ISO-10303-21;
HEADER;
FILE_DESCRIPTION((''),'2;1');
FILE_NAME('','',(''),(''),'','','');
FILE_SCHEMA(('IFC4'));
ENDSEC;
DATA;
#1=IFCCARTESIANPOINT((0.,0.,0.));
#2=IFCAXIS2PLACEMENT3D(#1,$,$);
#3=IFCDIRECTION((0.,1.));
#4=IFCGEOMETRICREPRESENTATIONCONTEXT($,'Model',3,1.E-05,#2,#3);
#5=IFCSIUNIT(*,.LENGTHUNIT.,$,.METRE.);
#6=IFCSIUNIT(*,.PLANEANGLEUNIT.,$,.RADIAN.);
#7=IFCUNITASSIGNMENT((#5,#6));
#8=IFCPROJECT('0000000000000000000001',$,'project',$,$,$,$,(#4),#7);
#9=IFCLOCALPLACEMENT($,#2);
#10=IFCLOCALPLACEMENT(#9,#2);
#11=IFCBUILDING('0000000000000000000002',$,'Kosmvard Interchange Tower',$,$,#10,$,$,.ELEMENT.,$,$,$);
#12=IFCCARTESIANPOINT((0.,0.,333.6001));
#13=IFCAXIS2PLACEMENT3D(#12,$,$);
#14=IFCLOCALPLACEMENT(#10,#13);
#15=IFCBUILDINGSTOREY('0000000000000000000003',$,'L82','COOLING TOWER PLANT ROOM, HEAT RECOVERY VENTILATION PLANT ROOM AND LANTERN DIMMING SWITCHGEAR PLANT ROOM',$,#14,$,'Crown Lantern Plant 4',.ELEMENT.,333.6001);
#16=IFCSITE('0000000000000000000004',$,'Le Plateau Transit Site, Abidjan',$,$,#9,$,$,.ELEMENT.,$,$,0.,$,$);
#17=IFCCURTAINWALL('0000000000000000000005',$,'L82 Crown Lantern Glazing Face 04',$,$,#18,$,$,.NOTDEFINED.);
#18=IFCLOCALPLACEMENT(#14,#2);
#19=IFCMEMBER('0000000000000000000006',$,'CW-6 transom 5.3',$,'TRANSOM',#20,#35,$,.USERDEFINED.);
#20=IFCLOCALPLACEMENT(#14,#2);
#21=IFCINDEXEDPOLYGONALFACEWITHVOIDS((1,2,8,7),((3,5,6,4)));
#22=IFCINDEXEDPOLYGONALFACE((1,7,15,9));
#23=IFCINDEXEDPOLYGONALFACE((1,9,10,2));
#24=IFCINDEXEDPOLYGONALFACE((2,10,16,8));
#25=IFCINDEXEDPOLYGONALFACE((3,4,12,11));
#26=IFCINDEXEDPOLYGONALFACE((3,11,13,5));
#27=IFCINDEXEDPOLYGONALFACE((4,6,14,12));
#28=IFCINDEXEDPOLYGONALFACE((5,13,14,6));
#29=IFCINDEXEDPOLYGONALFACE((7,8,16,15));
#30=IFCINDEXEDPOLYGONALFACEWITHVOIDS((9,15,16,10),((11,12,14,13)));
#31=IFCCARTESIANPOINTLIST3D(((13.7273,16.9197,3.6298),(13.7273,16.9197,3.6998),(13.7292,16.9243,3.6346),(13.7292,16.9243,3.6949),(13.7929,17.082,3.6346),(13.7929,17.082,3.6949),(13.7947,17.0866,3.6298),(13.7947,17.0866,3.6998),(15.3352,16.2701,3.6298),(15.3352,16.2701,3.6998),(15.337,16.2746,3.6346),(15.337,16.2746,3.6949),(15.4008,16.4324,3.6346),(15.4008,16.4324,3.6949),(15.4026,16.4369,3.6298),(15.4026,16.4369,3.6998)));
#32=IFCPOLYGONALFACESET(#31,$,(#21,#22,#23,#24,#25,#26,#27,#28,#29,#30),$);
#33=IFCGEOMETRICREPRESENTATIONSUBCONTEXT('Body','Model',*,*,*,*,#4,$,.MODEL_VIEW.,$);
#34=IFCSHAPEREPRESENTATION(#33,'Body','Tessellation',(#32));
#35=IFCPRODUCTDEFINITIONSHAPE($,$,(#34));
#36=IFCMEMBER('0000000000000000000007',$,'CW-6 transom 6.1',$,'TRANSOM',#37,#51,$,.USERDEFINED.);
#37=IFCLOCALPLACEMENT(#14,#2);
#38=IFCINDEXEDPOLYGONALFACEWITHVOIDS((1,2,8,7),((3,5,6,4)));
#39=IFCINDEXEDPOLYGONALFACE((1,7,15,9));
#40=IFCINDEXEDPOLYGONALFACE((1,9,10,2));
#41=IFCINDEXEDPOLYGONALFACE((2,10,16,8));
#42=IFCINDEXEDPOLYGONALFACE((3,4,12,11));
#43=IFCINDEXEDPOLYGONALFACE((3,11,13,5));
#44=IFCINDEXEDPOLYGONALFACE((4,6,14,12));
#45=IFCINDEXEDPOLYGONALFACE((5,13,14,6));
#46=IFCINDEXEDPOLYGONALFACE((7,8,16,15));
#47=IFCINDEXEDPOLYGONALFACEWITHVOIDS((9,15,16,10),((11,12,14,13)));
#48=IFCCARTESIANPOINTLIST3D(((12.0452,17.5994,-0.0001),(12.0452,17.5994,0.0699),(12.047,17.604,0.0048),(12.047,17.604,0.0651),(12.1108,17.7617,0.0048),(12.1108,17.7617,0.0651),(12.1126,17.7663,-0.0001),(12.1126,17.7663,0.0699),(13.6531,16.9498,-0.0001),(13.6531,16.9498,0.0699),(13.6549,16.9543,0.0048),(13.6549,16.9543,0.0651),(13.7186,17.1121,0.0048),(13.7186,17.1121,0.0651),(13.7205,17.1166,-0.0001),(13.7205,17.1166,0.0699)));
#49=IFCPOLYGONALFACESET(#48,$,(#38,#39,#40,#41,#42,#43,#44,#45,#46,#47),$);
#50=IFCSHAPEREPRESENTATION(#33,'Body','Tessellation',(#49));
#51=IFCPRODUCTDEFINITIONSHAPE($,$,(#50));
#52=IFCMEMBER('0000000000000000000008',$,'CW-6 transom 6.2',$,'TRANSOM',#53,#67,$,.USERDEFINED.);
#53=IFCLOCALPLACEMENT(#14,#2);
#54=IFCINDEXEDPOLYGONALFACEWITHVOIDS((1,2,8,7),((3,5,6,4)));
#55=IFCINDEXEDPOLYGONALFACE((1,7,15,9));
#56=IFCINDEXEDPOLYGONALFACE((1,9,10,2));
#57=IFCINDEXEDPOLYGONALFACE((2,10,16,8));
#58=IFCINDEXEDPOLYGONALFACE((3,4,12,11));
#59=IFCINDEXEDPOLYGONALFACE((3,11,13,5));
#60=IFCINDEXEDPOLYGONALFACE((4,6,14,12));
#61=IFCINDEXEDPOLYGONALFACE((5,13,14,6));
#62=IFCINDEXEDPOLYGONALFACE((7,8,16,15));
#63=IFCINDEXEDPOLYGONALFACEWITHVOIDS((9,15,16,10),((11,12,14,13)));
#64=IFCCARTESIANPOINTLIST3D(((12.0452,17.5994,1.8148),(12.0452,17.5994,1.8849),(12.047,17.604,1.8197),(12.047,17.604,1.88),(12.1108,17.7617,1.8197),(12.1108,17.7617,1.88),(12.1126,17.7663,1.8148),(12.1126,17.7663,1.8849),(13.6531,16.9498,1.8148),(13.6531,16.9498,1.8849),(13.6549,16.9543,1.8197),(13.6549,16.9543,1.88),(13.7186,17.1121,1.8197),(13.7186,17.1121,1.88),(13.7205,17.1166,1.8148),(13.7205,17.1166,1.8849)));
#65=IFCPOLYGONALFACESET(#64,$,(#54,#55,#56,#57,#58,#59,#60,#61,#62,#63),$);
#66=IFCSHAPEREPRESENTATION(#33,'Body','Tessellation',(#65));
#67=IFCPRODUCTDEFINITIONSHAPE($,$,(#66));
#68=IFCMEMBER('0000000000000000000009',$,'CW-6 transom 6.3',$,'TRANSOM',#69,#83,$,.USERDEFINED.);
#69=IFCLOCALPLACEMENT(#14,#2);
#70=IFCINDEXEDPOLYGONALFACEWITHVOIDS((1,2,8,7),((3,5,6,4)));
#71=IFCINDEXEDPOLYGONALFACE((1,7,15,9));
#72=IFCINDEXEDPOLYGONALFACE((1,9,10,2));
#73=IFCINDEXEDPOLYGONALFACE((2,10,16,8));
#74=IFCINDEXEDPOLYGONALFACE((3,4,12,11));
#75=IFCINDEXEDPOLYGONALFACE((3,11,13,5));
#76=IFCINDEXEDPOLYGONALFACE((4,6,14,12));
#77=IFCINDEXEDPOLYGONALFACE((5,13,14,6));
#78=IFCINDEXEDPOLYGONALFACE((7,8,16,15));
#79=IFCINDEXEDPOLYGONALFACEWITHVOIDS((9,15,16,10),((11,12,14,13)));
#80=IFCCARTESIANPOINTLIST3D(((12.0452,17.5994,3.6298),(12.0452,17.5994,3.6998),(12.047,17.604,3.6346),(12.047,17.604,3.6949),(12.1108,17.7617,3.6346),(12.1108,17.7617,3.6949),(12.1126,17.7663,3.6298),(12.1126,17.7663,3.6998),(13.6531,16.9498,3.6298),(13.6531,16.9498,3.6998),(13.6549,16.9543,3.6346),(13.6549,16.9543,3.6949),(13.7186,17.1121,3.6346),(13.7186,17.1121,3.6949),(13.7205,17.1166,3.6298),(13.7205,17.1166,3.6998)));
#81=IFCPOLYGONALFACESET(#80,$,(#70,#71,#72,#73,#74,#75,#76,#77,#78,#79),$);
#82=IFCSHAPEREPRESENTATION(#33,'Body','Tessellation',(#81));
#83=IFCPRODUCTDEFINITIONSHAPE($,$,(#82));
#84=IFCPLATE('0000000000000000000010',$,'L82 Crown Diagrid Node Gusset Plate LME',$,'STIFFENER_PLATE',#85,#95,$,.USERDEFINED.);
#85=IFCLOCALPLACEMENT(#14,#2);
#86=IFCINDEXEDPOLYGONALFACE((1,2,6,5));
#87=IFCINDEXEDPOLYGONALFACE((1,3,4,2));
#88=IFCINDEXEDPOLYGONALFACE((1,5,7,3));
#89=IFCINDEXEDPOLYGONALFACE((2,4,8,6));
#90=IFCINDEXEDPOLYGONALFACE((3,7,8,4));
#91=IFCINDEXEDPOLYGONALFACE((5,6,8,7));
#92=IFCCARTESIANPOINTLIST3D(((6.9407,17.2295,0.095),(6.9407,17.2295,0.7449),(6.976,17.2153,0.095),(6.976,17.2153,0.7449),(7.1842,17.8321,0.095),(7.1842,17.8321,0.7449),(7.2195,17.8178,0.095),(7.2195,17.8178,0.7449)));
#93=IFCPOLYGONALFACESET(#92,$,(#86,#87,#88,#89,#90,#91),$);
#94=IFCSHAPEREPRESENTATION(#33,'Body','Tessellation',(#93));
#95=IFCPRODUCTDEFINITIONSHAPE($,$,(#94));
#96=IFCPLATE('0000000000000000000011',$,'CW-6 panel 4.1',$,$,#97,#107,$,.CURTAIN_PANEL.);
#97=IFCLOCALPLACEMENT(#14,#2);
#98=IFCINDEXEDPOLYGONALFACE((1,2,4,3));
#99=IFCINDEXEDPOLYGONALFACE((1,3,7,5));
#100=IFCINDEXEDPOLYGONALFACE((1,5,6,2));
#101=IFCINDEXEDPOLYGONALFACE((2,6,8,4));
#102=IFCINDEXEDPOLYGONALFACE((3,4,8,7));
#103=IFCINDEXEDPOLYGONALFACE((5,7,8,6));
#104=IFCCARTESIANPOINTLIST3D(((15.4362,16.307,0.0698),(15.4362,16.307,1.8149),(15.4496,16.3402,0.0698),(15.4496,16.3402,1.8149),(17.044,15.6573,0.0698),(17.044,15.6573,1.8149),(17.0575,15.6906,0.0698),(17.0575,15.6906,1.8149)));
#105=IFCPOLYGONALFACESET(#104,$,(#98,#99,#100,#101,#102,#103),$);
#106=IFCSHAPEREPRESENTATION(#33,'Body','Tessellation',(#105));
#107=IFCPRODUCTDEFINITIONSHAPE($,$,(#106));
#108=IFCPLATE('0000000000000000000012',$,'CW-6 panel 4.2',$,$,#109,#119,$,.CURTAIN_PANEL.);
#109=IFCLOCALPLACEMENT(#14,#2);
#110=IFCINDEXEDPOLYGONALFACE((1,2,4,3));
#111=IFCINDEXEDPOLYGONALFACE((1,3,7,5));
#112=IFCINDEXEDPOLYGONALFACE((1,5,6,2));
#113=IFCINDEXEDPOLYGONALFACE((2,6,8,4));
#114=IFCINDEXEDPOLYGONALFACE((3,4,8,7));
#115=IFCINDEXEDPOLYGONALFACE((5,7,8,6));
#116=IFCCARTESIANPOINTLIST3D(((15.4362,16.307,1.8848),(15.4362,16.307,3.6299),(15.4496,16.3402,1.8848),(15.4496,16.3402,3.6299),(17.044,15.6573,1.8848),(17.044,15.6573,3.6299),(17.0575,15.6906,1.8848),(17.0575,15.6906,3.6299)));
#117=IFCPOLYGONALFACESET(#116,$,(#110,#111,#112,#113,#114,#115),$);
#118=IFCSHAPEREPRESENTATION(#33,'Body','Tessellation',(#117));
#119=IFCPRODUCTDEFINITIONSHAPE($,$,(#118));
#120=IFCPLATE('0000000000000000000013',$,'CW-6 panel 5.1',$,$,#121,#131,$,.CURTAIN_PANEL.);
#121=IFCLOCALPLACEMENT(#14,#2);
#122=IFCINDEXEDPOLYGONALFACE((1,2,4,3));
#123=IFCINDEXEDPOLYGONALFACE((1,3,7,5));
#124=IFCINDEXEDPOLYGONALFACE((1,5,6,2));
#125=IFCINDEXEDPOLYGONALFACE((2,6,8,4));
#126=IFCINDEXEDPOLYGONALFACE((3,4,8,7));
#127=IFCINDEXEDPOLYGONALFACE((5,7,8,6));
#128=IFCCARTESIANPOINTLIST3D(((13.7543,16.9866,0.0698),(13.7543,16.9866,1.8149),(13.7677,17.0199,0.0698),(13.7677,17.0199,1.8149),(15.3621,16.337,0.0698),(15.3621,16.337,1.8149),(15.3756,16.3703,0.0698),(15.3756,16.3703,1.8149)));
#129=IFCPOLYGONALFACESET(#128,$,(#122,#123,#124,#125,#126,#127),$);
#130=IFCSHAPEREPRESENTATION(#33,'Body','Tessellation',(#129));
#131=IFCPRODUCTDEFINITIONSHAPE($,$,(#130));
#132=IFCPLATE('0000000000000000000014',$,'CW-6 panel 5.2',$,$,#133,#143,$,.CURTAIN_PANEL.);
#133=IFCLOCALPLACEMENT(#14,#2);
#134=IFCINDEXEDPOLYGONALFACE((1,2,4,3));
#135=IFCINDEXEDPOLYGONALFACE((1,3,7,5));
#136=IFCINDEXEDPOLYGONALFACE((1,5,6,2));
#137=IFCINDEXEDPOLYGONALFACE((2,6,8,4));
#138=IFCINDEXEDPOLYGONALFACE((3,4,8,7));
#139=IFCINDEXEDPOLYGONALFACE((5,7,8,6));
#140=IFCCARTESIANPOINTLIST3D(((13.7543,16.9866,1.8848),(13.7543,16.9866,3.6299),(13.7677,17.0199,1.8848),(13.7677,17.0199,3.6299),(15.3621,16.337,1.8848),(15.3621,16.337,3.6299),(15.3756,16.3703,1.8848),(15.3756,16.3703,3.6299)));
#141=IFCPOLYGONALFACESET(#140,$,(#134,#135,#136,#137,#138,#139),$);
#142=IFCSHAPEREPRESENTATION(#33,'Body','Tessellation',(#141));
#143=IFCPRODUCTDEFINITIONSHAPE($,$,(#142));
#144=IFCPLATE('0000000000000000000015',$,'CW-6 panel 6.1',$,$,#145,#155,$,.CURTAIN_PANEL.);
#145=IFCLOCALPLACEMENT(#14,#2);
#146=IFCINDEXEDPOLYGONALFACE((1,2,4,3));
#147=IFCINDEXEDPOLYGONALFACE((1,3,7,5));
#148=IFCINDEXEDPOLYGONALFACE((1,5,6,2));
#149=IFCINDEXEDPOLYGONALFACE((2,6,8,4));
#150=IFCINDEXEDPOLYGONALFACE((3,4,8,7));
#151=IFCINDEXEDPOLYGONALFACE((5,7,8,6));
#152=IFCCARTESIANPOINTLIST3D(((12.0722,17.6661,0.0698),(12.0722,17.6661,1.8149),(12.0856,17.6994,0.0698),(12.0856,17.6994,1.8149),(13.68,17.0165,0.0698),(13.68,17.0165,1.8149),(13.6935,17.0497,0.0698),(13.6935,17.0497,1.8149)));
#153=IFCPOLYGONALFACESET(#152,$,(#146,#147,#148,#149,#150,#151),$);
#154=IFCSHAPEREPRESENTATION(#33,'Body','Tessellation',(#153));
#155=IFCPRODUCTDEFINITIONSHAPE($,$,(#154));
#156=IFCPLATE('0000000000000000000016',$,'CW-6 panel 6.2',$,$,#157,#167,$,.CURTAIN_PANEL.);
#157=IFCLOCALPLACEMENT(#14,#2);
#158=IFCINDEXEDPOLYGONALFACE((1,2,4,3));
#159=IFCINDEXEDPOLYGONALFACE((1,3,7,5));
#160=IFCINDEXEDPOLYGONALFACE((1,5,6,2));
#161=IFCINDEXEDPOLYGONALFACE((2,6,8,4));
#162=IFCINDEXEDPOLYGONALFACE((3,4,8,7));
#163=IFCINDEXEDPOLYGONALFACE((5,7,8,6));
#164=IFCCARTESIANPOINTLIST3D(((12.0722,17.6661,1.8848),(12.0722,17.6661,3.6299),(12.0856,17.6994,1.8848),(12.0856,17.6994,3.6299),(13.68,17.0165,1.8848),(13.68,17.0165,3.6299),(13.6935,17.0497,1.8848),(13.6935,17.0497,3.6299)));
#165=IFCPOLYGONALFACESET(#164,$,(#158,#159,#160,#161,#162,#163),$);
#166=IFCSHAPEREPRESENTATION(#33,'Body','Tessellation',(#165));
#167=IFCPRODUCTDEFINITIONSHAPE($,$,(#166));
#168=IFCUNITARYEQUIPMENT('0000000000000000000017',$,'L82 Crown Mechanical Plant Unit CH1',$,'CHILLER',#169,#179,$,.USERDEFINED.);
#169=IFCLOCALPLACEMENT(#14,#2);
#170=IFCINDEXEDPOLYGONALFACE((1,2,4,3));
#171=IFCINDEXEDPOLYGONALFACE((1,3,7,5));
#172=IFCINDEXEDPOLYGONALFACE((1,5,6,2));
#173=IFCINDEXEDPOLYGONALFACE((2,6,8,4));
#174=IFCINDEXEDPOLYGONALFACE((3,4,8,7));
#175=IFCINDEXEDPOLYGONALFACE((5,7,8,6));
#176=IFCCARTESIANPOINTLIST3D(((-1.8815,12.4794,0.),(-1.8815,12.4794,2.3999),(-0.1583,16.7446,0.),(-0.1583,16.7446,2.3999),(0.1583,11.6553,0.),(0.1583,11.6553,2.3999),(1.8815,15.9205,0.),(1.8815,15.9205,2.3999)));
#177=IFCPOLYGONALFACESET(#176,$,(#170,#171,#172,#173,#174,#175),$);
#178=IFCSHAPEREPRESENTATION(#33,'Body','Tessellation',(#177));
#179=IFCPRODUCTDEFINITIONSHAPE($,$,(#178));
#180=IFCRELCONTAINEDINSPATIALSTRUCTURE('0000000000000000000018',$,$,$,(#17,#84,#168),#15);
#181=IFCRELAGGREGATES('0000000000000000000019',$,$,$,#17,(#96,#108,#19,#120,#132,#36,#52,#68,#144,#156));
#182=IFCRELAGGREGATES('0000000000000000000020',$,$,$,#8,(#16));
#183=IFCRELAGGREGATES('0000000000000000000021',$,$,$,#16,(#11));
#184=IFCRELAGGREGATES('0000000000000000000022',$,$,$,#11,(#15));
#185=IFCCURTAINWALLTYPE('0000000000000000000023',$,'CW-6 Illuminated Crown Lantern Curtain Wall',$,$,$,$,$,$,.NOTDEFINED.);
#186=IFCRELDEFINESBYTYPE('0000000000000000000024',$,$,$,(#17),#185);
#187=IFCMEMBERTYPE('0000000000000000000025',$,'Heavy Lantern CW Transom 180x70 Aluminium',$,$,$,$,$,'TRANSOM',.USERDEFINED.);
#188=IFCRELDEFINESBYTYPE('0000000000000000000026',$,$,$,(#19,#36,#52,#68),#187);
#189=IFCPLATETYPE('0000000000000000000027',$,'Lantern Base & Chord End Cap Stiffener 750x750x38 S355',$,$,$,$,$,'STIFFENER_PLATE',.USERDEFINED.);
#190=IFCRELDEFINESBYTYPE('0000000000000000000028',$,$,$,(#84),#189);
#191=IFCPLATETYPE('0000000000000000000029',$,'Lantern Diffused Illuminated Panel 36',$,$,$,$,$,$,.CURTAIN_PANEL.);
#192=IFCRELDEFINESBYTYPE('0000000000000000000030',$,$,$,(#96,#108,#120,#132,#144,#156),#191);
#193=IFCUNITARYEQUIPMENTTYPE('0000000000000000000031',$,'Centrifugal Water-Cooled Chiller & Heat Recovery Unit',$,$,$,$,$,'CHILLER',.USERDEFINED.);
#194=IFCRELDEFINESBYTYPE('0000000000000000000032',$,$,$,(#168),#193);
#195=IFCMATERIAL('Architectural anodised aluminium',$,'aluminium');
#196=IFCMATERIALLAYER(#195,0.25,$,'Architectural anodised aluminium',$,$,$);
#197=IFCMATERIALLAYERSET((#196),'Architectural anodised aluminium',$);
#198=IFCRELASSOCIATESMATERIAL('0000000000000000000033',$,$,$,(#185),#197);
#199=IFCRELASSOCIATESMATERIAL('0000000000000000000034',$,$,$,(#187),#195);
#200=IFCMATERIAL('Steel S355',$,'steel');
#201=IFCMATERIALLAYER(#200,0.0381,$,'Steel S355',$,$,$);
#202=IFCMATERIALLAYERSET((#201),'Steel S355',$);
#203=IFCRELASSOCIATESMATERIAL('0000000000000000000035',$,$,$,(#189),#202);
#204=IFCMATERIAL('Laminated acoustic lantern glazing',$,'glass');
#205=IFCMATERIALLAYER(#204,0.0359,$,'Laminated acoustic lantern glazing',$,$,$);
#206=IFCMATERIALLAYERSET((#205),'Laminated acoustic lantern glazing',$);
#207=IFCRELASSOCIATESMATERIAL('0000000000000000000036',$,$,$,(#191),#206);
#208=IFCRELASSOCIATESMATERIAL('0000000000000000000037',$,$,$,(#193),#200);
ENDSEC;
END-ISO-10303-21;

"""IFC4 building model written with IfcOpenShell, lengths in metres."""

from ifc_helpers import new_model, si_unit, direction, frame, origin, origin_2d, place, context, subcontext, project, spatial, rectangle, hollow_rectangle, extrude, source, transform, mapped, material, layer, layer_set, material_profile, profile_set, type_object, element, aggregate, save


model = new_model("IFC4")

# Units and contexts
model_context = context("Model", 3, precision=1e-05, world=origin(), true_north=direction((0.0, 1.0)))
body_context = subcontext(model_context, "Body", "Model", "MODEL_VIEW")
ifc_project = project(units=[si_unit("LENGTHUNIT", "METRE"), si_unit("PLANEANGLEUNIT", "RADIAN")], contexts=[model_context])

# Site, building, storey
site_placement = place(None, origin())
site = spatial("IfcSite", under=ifc_project, at=site_placement, Name="Le Plateau Transit Site, Abidjan", CompositionType="ELEMENT", RefElevation=0.0)
building_placement = place(site_placement, origin())
building = spatial("IfcBuilding", under=site, at=building_placement, Name="Kosmvard Interchange Tower", CompositionType="ELEMENT")
storey_placement = place(building_placement, frame((0.0, 0.0, 333.6001)))
storey = spatial("IfcBuildingStorey", under=building, at=storey_placement, Name="L82", Description="COOLING TOWER PLANT ROOM, HEAT RECOVERY VENTILATION PLANT ROOM AND LANTERN DIMMING SWITCHGEAR PLANT ROOM", LongName="Crown Lantern Plant 4", CompositionType="ELEMENT", Elevation=333.6001)

# Shared definitions
ifc_material_1 = material(Name="Steel S355", Category="steel")

# Curtain wall, members
ifc_material_2 = material(Name="Architectural anodised aluminium", Category="aluminium")
ifc_layer_1 = layer(ifc_material_2, 0.25, Name="Architectural anodised aluminium")
ifc_layer_set_1 = layer_set([ifc_layer_1], Name="Architectural anodised aluminium")
curtain_wall_type = type_object("IfcCurtainWallType", Name="CW-6 Illuminated Crown Lantern Curtain Wall", PredefinedType="NOTDEFINED", material=ifc_layer_set_1)
curtain_wall_placement = place(storey_placement, origin())
curtain_wall = element("IfcCurtainWall", 1, at=curtain_wall_placement, inside=storey, type_object=curtain_wall_type, Name="L82 Crown Lantern Glazing Face 04", PredefinedType="NOTDEFINED")
ifc_material_profile_1 = material_profile(ifc_material_2, hollow_rectangle(XDim=0.1799, YDim=0.0701, WallThickness=0.0049, at=origin_2d()), Name="CWT 180x70x5")
ifc_profile_set_1 = profile_set([ifc_material_profile_1], Name="Architectural anodised aluminium")
member_type_1 = type_object("IfcMemberType", Name="Heavy Lantern CW Transom 180x70 Aluminium", ElementType="TRANSOM", PredefinedType="USERDEFINED", material=ifc_profile_set_1)
shared_shape_1 = source(origin(), body_context, "Body", "SweptSolid", [
    extrude(hollow_rectangle(XDim=0.1799, YDim=0.0701, WallThickness=0.0049, at=origin_2d()), origin(), (0.0, 0.0, 1.0), 1.7341),
])
member_1_placement = place(storey_placement, frame((15.3689, 16.3535, 3.6648), z_axis=(-0.92718, 0.374617, 0.0), x_axis=(-0.374617, -0.92718, 0.0)))
member_1 = element("IfcMember", 2, at=member_1_placement, type_object=member_type_1, Name="CW-6 transom 5.3", ObjectType="TRANSOM", PredefinedType="USERDEFINED", context=body_context, shape_type="MappedRepresentation", body=[
    mapped(shared_shape_1, transform((0.0, 0.0, 0.0), scale=1.0)),
])
member_2_placement = place(storey_placement, frame((13.6868, 17.0332, 0.0349), z_axis=(-0.92718, 0.374617, 0.0), x_axis=(-0.374617, -0.92718, 0.0)))
member_2 = element("IfcMember", 3, at=member_2_placement, type_object=member_type_1, Name="CW-6 transom 6.1", ObjectType="TRANSOM", PredefinedType="USERDEFINED", context=body_context, shape_type="MappedRepresentation", body=[
    mapped(shared_shape_1, transform((0.0, 0.0, 0.0), scale=1.0)),
])
member_3_placement = place(storey_placement, frame((13.6868, 17.0332, 1.8499), z_axis=(-0.92718, 0.374617, 0.0), x_axis=(-0.374617, -0.92718, 0.0)))
member_3 = element("IfcMember", 4, at=member_3_placement, type_object=member_type_1, Name="CW-6 transom 6.2", ObjectType="TRANSOM", PredefinedType="USERDEFINED", context=body_context, shape_type="MappedRepresentation", body=[
    mapped(shared_shape_1, transform((0.0, 0.0, 0.0), scale=1.0)),
])
member_4_placement = place(storey_placement, frame((13.6868, 17.0332, 3.6648), z_axis=(-0.92718, 0.374617, 0.0), x_axis=(-0.374617, -0.92718, 0.0)))
member_4 = element("IfcMember", 5, at=member_4_placement, type_object=member_type_1, Name="CW-6 transom 6.3", ObjectType="TRANSOM", PredefinedType="USERDEFINED", context=body_context, shape_type="MappedRepresentation", body=[
    mapped(shared_shape_1, transform((0.0, 0.0, 0.0), scale=1.0)),
])

# Plates
ifc_layer_2 = layer(ifc_material_1, 0.0381, Name="Steel S355")
ifc_layer_set_2 = layer_set([ifc_layer_2], Name="Steel S355")
plate_type_1 = type_object("IfcPlateType", Name="Lantern Base & Chord End Cap Stiffener 750x750x38 S355", ElementType="STIFFENER_PLATE", PredefinedType="USERDEFINED", material=ifc_layer_set_2)
shared_shape_2 = source(origin(), body_context, "Body", "SweptSolid", [
    extrude(rectangle(XDim=0.6499, YDim=0.0381, at=origin_2d()), origin(), (0.0, 0.0, 1.0), 0.6499),
])
plate_1_placement = place(storey_placement, frame((7.0801, 17.5237, 0.095), z_axis=(0.0, 0.0, 1.0), x_axis=(0.374607, 0.927184, 0.0)))
element("IfcPlate", 6, at=plate_1_placement, inside=storey, type_object=plate_type_1, Name="L82 Crown Diagrid Node Gusset Plate LME", ObjectType="STIFFENER_PLATE", PredefinedType="USERDEFINED", context=body_context, shape_type="MappedRepresentation", body=[
    mapped(shared_shape_2, transform((0.0, 0.0, 0.0), scale=1.0)),
])
ifc_material_3 = material(Name="Laminated acoustic lantern glazing", Category="glass")
ifc_layer_3 = layer(ifc_material_3, 0.0359, Name="Laminated acoustic lantern glazing")
ifc_layer_set_3 = layer_set([ifc_layer_3], Name="Laminated acoustic lantern glazing")
plate_type_2 = type_object("IfcPlateType", Name="Lantern Diffused Illuminated Panel 36", PredefinedType="CURTAIN_PANEL", material=ifc_layer_set_3)
shared_shape_3 = source(origin(), body_context, "Body", "SweptSolid", [
    extrude(rectangle(XDim=1.7341, YDim=0.0359, at=origin_2d()), origin(), (0.0, 0.0, 1.0), 1.7451),
])
plate_2_placement = place(storey_placement, frame((16.2468, 15.9988, 0.0698), z_axis=(0.0, 0.0, 1.0), x_axis=(-0.927184, 0.374607, 0.0)))
plate_2 = element("IfcPlate", 7, at=plate_2_placement, type_object=plate_type_2, Name="CW-6 panel 4.1", PredefinedType="CURTAIN_PANEL", context=body_context, shape_type="MappedRepresentation", body=[
    mapped(shared_shape_3, transform((0.0, 0.0, 0.0), scale=1.0)),
])
plate_3_placement = place(storey_placement, frame((16.2468, 15.9988, 1.8848), z_axis=(0.0, 0.0, 1.0), x_axis=(-0.927184, 0.374607, 0.0)))
plate_3 = element("IfcPlate", 8, at=plate_3_placement, type_object=plate_type_2, Name="CW-6 panel 4.2", PredefinedType="CURTAIN_PANEL", context=body_context, shape_type="MappedRepresentation", body=[
    mapped(shared_shape_3, transform((0.0, 0.0, 0.0), scale=1.0)),
])
plate_4_placement = place(storey_placement, frame((14.5649, 16.6785, 0.0698), z_axis=(0.0, 0.0, 1.0), x_axis=(-0.927184, 0.374607, 0.0)))
plate_4 = element("IfcPlate", 9, at=plate_4_placement, type_object=plate_type_2, Name="CW-6 panel 5.1", PredefinedType="CURTAIN_PANEL", context=body_context, shape_type="MappedRepresentation", body=[
    mapped(shared_shape_3, transform((0.0, 0.0, 0.0), scale=1.0)),
])
plate_5_placement = place(storey_placement, frame((14.5649, 16.6785, 1.8848), z_axis=(0.0, 0.0, 1.0), x_axis=(-0.927184, 0.374607, 0.0)))
plate_5 = element("IfcPlate", 10, at=plate_5_placement, type_object=plate_type_2, Name="CW-6 panel 5.2", PredefinedType="CURTAIN_PANEL", context=body_context, shape_type="MappedRepresentation", body=[
    mapped(shared_shape_3, transform((0.0, 0.0, 0.0), scale=1.0)),
])
plate_6_placement = place(storey_placement, frame((12.8828, 17.3579, 0.0698), z_axis=(0.0, 0.0, 1.0), x_axis=(-0.927184, 0.374607, 0.0)))
plate_6 = element("IfcPlate", 11, at=plate_6_placement, type_object=plate_type_2, Name="CW-6 panel 6.1", PredefinedType="CURTAIN_PANEL", context=body_context, shape_type="MappedRepresentation", body=[
    mapped(shared_shape_3, transform((0.0, 0.0, 0.0), scale=1.0)),
])
plate_7_placement = place(storey_placement, frame((12.8828, 17.3579, 1.8848), z_axis=(0.0, 0.0, 1.0), x_axis=(-0.927184, 0.374607, 0.0)))
plate_7 = element("IfcPlate", 12, at=plate_7_placement, type_object=plate_type_2, Name="CW-6 panel 6.2", PredefinedType="CURTAIN_PANEL", context=body_context, shape_type="MappedRepresentation", body=[
    mapped(shared_shape_3, transform((0.0, 0.0, 0.0), scale=1.0)),
])
aggregate(curtain_wall, [plate_2, plate_3, member_1, plate_4, plate_5, member_2, member_3, member_4, plate_6, plate_7])

# Unitary equipment
unitary_equipment_type = type_object("IfcUnitaryEquipmentType", Name="Centrifugal Water-Cooled Chiller & Heat Recovery Unit", ElementType="CHILLER", PredefinedType="USERDEFINED", material=ifc_material_1)
shared_shape_4 = source(origin(), body_context, "Body", "SweptSolid", [
    extrude(rectangle(XDim=4.6001, YDim=2.2, at=origin_2d()), origin(), (0.0, 0.0, 1.0), 2.3999),
])
unitary_equipment_placement = place(storey_placement, frame((0.0, 14.2, 0.0), z_axis=(0.0, 0.0, 1.0), x_axis=(0.374607, 0.927184, 0.0)))
element("IfcUnitaryEquipment", 13, at=unitary_equipment_placement, inside=storey, type_object=unitary_equipment_type, Name="L82 Crown Mechanical Plant Unit CH1", ObjectType="CHILLER", PredefinedType="USERDEFINED", context=body_context, shape_type="MappedRepresentation", body=[
    mapped(shared_shape_4, transform((0.0, 0.0, 0.0), scale=1.0)),
])

save(model, "model.ifc")
